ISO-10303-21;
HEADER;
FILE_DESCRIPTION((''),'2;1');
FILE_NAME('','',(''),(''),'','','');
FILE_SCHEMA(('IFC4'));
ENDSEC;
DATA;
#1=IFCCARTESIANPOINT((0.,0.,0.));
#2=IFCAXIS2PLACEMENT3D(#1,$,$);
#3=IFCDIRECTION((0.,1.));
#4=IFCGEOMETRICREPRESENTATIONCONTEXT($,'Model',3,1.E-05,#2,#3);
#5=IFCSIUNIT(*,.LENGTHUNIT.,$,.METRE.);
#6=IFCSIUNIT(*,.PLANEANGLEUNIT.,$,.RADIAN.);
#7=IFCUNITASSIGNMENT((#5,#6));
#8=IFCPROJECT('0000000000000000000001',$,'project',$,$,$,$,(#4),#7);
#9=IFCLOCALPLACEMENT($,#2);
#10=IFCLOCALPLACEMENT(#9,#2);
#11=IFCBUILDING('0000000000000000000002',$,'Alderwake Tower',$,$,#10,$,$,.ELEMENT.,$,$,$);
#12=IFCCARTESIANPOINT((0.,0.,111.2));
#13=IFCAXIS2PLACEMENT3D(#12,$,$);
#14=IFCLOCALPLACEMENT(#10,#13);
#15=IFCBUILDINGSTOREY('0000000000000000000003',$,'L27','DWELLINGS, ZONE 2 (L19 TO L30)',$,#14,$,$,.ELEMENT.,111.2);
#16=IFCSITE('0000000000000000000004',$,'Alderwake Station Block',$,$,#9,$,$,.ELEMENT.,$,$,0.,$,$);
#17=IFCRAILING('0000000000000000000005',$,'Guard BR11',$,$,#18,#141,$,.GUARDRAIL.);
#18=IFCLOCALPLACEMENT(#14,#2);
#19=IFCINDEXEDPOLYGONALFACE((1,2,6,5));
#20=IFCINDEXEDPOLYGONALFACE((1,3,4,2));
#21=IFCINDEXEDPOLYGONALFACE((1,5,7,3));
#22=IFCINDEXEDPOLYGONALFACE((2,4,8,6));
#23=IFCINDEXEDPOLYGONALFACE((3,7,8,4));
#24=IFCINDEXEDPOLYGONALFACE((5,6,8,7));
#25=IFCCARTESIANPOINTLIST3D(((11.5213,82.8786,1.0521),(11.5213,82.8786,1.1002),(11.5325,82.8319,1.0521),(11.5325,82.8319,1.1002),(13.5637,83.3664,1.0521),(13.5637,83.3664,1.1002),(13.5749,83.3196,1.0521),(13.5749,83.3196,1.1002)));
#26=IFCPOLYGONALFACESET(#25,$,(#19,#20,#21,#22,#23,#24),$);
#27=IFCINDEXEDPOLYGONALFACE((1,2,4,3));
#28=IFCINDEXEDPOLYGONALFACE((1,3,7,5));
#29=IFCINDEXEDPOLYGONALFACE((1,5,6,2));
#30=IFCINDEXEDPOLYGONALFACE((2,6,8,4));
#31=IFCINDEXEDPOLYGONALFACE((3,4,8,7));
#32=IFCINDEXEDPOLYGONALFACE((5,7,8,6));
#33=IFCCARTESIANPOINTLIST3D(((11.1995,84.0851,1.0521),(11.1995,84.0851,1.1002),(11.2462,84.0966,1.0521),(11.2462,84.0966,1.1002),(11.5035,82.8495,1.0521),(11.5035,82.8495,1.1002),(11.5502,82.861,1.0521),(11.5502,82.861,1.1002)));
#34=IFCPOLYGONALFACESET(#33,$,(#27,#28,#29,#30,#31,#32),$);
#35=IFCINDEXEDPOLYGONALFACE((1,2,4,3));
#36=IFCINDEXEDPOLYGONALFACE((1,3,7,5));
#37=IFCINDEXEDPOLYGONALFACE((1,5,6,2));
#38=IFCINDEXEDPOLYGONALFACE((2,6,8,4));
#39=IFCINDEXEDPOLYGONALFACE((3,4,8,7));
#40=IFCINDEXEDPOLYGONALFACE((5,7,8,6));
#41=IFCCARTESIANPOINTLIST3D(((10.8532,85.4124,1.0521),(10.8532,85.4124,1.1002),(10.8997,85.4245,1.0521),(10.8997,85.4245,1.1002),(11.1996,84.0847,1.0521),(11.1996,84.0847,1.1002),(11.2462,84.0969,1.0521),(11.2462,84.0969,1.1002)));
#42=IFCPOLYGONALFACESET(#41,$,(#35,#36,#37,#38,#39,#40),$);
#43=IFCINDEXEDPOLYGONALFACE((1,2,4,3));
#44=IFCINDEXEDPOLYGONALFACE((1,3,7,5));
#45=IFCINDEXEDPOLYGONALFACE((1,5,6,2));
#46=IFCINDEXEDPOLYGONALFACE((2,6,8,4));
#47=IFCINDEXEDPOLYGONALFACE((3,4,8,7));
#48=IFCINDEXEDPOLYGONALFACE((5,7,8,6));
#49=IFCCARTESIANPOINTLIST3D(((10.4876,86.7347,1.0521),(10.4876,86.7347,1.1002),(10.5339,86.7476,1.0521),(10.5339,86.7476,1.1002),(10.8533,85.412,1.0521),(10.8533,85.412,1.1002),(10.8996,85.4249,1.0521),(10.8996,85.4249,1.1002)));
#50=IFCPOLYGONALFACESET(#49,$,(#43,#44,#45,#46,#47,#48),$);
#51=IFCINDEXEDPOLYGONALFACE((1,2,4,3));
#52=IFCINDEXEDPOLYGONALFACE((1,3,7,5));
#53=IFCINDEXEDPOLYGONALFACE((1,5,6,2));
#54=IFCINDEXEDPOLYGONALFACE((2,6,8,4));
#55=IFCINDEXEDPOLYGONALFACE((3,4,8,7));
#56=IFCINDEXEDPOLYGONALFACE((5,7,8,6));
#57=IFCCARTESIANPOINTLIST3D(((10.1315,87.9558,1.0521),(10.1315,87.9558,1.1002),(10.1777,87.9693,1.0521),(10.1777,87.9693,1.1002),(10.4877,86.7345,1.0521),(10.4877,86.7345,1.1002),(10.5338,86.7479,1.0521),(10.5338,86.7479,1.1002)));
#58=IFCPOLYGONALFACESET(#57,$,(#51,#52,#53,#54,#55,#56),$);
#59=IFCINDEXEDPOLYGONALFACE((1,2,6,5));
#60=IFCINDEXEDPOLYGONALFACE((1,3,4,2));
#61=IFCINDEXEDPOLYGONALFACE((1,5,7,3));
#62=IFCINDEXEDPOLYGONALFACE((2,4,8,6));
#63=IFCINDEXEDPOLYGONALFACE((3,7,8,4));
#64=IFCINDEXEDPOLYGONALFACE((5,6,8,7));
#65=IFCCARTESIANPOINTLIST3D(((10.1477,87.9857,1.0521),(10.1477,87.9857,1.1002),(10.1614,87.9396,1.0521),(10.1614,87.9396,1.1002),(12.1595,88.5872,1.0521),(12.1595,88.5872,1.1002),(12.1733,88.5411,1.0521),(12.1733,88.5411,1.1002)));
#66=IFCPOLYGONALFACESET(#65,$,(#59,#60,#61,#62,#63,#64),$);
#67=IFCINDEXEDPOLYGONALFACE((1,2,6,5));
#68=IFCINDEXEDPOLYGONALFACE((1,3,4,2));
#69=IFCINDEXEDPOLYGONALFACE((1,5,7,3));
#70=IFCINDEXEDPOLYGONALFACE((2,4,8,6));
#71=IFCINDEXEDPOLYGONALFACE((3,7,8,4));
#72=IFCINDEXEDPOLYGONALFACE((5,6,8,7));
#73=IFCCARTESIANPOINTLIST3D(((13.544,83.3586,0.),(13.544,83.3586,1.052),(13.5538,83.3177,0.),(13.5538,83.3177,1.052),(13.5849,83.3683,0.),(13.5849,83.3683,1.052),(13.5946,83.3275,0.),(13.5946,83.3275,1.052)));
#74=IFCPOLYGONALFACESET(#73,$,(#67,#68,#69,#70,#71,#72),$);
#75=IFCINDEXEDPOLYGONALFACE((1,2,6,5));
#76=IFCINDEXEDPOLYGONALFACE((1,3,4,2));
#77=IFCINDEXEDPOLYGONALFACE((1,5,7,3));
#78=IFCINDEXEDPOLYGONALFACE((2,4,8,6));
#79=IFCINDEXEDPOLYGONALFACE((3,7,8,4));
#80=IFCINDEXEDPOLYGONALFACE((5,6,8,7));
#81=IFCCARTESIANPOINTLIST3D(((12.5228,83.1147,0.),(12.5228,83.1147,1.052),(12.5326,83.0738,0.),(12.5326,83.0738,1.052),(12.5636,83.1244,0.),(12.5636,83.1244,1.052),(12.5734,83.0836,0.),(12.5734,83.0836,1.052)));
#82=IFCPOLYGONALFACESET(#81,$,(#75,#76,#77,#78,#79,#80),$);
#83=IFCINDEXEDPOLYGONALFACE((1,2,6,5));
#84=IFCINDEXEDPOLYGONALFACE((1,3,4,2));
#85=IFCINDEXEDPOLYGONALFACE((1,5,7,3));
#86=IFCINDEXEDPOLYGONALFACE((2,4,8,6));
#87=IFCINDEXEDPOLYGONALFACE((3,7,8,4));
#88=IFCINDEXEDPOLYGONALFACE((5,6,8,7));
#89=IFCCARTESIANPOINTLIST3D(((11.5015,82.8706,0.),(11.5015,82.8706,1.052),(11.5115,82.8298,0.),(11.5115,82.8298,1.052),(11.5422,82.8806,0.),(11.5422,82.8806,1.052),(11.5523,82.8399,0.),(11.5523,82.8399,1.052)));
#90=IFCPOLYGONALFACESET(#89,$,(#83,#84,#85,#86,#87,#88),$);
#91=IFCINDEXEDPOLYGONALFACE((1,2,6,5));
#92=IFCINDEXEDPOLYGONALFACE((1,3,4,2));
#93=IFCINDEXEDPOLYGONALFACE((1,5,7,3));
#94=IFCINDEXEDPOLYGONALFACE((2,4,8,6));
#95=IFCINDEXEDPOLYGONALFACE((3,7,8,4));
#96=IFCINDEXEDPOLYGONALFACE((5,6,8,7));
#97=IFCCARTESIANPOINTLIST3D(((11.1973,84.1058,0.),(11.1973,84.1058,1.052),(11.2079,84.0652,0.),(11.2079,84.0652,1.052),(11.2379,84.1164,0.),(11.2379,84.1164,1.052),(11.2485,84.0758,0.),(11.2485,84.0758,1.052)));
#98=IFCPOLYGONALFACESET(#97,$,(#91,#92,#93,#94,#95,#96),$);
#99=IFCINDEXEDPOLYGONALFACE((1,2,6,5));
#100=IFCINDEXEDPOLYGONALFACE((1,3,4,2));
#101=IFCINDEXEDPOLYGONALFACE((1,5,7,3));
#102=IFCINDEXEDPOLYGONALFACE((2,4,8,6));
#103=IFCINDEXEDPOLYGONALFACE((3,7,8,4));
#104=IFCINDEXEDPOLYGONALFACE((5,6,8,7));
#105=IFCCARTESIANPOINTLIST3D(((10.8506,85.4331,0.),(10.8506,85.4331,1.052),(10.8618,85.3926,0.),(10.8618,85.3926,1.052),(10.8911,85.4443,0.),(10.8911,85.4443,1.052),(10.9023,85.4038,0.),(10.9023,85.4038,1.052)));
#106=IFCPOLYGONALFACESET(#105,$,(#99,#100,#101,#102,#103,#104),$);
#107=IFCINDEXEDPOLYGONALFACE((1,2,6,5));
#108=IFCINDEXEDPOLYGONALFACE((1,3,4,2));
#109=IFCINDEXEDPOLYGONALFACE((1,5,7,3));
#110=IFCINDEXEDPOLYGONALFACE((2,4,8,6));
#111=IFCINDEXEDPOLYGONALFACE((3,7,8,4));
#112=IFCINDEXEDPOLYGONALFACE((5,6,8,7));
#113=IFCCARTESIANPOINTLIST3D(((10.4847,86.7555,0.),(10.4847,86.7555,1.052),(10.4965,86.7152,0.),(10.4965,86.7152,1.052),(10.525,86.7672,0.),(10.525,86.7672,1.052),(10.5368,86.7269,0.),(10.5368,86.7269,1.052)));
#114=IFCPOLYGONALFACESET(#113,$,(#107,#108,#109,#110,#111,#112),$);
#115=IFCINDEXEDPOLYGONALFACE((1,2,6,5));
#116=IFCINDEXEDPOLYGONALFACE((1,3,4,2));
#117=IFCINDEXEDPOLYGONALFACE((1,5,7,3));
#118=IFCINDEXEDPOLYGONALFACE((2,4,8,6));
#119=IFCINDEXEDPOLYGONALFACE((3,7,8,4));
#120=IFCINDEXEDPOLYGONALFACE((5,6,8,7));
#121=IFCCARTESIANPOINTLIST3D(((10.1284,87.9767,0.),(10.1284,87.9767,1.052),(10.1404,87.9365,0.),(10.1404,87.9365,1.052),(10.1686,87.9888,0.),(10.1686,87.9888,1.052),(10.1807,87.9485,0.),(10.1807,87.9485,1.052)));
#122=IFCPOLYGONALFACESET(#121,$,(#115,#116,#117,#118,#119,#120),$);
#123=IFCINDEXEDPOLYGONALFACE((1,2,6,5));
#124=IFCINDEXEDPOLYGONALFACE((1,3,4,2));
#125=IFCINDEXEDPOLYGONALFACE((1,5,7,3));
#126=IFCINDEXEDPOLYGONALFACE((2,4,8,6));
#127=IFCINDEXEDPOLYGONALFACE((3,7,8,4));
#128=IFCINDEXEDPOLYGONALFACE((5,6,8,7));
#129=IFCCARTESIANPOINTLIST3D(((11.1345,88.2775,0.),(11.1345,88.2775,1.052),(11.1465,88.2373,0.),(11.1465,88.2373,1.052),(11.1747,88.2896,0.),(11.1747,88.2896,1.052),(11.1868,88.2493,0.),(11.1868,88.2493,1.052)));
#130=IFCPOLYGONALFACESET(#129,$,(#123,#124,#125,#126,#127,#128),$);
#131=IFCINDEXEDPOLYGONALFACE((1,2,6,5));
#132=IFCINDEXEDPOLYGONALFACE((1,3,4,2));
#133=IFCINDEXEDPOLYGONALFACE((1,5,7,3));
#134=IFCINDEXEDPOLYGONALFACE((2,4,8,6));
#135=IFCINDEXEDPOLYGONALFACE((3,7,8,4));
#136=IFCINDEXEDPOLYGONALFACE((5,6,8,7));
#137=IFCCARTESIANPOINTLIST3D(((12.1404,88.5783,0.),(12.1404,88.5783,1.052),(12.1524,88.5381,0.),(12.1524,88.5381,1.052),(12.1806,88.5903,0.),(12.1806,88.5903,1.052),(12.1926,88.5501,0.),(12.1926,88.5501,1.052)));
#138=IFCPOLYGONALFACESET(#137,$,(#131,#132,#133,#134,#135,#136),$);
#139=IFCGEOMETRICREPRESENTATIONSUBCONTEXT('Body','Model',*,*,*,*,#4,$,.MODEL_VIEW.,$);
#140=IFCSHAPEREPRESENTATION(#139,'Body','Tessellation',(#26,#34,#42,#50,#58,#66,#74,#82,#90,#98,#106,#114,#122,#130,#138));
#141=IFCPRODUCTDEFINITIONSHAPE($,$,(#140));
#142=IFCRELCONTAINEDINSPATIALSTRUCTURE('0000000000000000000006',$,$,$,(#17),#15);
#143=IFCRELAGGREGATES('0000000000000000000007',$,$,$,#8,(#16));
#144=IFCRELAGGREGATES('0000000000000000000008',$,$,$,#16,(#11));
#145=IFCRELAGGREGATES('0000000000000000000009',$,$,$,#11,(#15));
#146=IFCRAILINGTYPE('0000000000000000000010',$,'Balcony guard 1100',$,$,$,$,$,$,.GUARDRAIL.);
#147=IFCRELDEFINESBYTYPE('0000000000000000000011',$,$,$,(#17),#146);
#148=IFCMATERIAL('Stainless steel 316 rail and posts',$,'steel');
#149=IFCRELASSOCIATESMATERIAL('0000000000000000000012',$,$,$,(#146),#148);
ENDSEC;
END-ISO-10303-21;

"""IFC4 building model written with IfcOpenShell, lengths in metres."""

from ifc_helpers import new_model, si_unit, direction, frame, origin, origin_2d, place, context, subcontext, project, spatial, rectangle, extrude, material, type_object, element, save


model = new_model("IFC4")

# Units and contexts
model_context = context("Model", 3, precision=1e-05, world=origin(), true_north=direction((0.0, 1.0)))
body_context = subcontext(model_context, "Body", "Model", "MODEL_VIEW")
ifc_project = project(units=[si_unit("LENGTHUNIT", "METRE"), si_unit("PLANEANGLEUNIT", "RADIAN")], contexts=[model_context])

# Site, building, storey
site_placement = place(None, origin())
site = spatial("IfcSite", under=ifc_project, at=site_placement, Name="Alderwake Station Block", CompositionType="ELEMENT", RefElevation=0.0)
building_placement = place(site_placement, origin())
building = spatial("IfcBuilding", under=site, at=building_placement, Name="Alderwake Tower", CompositionType="ELEMENT")
storey_placement = place(building_placement, frame((0.0, 0.0, 111.2)))
storey = spatial("IfcBuildingStorey", under=building, at=storey_placement, Name="L27", Description="DWELLINGS, ZONE 2 (L19 TO L30)", CompositionType="ELEMENT", Elevation=111.2)

# Railing
ifc_material_1 = material(Name="Stainless steel 316 rail and posts", Category="steel")
railing_type_1 = type_object("IfcRailingType", Name="Balcony guard 1100", PredefinedType="GUARDRAIL", material=ifc_material_1)
railing_1_placement = place(storey_placement, frame((13.5693, 83.343, 0.0)))
element("IfcRailing", 1, at=railing_1_placement, inside=storey, type_object=railing_type_1, Name="Guard BR11", PredefinedType="GUARDRAIL", context=body_context, shape_type="SweptSolid", body=[
    extrude(rectangle(XDim=0.0481, YDim=0.0481, at=origin_2d()), frame((0.0, 0.0, 1.0762), z_axis=(-0.972646, -0.232291, 0.0), x_axis=(0.232291, -0.972646, 0.0)), (0.0, 0.0, 1.0), 2.0999),
    extrude(rectangle(XDim=0.0481, YDim=0.0481, at=origin_2d()), frame((-2.0425, -0.4878, 1.0762), z_axis=(-0.238877, 0.97105, 0.0), x_axis=(-0.97105, -0.238877, 0.0)), (0.0, 0.0, 1.0), 1.2725),
    extrude(rectangle(XDim=0.0481, YDim=0.0481, at=origin_2d()), frame((-2.3464, 0.7478, 1.0762), z_axis=(-0.252487, 0.9676, 0.0), x_axis=(-0.9676, -0.252487, 0.0)), (0.0, 0.0, 1.0), 1.3721),
    extrude(rectangle(XDim=0.0481, YDim=0.0481, at=origin_2d()), frame((-2.6929, 2.0754, 1.0762), z_axis=(-0.266488, 0.963838, 0.0), x_axis=(-0.963838, -0.266488, 0.0)), (0.0, 0.0, 1.0), 1.3723),
    extrude(rectangle(XDim=0.0481, YDim=0.0481, at=origin_2d()), frame((-3.0586, 3.3982, 1.0762), z_axis=(-0.279963, 0.960011, 0.0), x_axis=(-0.960011, -0.279963, 0.0)), (0.0, 0.0, 1.0), 1.2722),
    extrude(rectangle(XDim=0.0481, YDim=0.0481, at=origin_2d()), frame((-3.4148, 4.6196, 1.0762), z_axis=(0.958091, 0.286462, 0.0), x_axis=(-0.286462, 0.958091, 0.0)), (0.0, 0.0, 1.0), 2.0999),
    extrude(rectangle(XDim=0.042, YDim=0.042, at=origin_2d()), frame((0.0, 0.0, 0.0), z_axis=(0.0, 0.0, 1.0), x_axis=(-0.972646, -0.232291, 0.0)), (0.0, 0.0, 1.0), 1.052),
    extrude(rectangle(XDim=0.042, YDim=0.042, at=origin_2d()), frame((-1.0212, -0.2439, 0.0), z_axis=(0.0, 0.0, 1.0), x_axis=(-0.972646, -0.232291, 0.0)), (0.0, 0.0, 1.0), 1.052),
    extrude(rectangle(XDim=0.042, YDim=0.042, at=origin_2d()), frame((-2.0425, -0.4878, 0.0), z_axis=(0.0, 0.0, 1.0), x_axis=(-0.238877, 0.97105, 0.0)), (0.0, 0.0, 1.0), 1.052),
    extrude(rectangle(XDim=0.042, YDim=0.042, at=origin_2d()), frame((-2.3464, 0.7478, 0.0), z_axis=(0.0, 0.0, 1.0), x_axis=(-0.252487, 0.9676, 0.0)), (0.0, 0.0, 1.0), 1.052),
    extrude(rectangle(XDim=0.042, YDim=0.042, at=origin_2d()), frame((-2.6929, 2.0754, 0.0), z_axis=(0.0, 0.0, 1.0), x_axis=(-0.266488, 0.963838, 0.0)), (0.0, 0.0, 1.0), 1.052),
    extrude(rectangle(XDim=0.042, YDim=0.042, at=origin_2d()), frame((-3.0586, 3.3982, 0.0), z_axis=(0.0, 0.0, 1.0), x_axis=(-0.279963, 0.960011, 0.0)), (0.0, 0.0, 1.0), 1.052),
    extrude(rectangle(XDim=0.042, YDim=0.042, at=origin_2d()), frame((-3.4148, 4.6196, 0.0), z_axis=(0.0, 0.0, 1.0), x_axis=(0.958091, 0.286462, 0.0)), (0.0, 0.0, 1.0), 1.052),
    extrude(rectangle(XDim=0.042, YDim=0.042, at=origin_2d()), frame((-2.4087, 4.9204, 0.0), z_axis=(0.0, 0.0, 1.0), x_axis=(0.958091, 0.286462, 0.0)), (0.0, 0.0, 1.0), 1.052),
    extrude(rectangle(XDim=0.042, YDim=0.042, at=origin_2d()), frame((-1.4028, 5.2212, 0.0), z_axis=(0.0, 0.0, 1.0), x_axis=(0.958091, 0.286462, 0.0)), (0.0, 0.0, 1.0), 1.052),
])

save(model, "model.ifc")
